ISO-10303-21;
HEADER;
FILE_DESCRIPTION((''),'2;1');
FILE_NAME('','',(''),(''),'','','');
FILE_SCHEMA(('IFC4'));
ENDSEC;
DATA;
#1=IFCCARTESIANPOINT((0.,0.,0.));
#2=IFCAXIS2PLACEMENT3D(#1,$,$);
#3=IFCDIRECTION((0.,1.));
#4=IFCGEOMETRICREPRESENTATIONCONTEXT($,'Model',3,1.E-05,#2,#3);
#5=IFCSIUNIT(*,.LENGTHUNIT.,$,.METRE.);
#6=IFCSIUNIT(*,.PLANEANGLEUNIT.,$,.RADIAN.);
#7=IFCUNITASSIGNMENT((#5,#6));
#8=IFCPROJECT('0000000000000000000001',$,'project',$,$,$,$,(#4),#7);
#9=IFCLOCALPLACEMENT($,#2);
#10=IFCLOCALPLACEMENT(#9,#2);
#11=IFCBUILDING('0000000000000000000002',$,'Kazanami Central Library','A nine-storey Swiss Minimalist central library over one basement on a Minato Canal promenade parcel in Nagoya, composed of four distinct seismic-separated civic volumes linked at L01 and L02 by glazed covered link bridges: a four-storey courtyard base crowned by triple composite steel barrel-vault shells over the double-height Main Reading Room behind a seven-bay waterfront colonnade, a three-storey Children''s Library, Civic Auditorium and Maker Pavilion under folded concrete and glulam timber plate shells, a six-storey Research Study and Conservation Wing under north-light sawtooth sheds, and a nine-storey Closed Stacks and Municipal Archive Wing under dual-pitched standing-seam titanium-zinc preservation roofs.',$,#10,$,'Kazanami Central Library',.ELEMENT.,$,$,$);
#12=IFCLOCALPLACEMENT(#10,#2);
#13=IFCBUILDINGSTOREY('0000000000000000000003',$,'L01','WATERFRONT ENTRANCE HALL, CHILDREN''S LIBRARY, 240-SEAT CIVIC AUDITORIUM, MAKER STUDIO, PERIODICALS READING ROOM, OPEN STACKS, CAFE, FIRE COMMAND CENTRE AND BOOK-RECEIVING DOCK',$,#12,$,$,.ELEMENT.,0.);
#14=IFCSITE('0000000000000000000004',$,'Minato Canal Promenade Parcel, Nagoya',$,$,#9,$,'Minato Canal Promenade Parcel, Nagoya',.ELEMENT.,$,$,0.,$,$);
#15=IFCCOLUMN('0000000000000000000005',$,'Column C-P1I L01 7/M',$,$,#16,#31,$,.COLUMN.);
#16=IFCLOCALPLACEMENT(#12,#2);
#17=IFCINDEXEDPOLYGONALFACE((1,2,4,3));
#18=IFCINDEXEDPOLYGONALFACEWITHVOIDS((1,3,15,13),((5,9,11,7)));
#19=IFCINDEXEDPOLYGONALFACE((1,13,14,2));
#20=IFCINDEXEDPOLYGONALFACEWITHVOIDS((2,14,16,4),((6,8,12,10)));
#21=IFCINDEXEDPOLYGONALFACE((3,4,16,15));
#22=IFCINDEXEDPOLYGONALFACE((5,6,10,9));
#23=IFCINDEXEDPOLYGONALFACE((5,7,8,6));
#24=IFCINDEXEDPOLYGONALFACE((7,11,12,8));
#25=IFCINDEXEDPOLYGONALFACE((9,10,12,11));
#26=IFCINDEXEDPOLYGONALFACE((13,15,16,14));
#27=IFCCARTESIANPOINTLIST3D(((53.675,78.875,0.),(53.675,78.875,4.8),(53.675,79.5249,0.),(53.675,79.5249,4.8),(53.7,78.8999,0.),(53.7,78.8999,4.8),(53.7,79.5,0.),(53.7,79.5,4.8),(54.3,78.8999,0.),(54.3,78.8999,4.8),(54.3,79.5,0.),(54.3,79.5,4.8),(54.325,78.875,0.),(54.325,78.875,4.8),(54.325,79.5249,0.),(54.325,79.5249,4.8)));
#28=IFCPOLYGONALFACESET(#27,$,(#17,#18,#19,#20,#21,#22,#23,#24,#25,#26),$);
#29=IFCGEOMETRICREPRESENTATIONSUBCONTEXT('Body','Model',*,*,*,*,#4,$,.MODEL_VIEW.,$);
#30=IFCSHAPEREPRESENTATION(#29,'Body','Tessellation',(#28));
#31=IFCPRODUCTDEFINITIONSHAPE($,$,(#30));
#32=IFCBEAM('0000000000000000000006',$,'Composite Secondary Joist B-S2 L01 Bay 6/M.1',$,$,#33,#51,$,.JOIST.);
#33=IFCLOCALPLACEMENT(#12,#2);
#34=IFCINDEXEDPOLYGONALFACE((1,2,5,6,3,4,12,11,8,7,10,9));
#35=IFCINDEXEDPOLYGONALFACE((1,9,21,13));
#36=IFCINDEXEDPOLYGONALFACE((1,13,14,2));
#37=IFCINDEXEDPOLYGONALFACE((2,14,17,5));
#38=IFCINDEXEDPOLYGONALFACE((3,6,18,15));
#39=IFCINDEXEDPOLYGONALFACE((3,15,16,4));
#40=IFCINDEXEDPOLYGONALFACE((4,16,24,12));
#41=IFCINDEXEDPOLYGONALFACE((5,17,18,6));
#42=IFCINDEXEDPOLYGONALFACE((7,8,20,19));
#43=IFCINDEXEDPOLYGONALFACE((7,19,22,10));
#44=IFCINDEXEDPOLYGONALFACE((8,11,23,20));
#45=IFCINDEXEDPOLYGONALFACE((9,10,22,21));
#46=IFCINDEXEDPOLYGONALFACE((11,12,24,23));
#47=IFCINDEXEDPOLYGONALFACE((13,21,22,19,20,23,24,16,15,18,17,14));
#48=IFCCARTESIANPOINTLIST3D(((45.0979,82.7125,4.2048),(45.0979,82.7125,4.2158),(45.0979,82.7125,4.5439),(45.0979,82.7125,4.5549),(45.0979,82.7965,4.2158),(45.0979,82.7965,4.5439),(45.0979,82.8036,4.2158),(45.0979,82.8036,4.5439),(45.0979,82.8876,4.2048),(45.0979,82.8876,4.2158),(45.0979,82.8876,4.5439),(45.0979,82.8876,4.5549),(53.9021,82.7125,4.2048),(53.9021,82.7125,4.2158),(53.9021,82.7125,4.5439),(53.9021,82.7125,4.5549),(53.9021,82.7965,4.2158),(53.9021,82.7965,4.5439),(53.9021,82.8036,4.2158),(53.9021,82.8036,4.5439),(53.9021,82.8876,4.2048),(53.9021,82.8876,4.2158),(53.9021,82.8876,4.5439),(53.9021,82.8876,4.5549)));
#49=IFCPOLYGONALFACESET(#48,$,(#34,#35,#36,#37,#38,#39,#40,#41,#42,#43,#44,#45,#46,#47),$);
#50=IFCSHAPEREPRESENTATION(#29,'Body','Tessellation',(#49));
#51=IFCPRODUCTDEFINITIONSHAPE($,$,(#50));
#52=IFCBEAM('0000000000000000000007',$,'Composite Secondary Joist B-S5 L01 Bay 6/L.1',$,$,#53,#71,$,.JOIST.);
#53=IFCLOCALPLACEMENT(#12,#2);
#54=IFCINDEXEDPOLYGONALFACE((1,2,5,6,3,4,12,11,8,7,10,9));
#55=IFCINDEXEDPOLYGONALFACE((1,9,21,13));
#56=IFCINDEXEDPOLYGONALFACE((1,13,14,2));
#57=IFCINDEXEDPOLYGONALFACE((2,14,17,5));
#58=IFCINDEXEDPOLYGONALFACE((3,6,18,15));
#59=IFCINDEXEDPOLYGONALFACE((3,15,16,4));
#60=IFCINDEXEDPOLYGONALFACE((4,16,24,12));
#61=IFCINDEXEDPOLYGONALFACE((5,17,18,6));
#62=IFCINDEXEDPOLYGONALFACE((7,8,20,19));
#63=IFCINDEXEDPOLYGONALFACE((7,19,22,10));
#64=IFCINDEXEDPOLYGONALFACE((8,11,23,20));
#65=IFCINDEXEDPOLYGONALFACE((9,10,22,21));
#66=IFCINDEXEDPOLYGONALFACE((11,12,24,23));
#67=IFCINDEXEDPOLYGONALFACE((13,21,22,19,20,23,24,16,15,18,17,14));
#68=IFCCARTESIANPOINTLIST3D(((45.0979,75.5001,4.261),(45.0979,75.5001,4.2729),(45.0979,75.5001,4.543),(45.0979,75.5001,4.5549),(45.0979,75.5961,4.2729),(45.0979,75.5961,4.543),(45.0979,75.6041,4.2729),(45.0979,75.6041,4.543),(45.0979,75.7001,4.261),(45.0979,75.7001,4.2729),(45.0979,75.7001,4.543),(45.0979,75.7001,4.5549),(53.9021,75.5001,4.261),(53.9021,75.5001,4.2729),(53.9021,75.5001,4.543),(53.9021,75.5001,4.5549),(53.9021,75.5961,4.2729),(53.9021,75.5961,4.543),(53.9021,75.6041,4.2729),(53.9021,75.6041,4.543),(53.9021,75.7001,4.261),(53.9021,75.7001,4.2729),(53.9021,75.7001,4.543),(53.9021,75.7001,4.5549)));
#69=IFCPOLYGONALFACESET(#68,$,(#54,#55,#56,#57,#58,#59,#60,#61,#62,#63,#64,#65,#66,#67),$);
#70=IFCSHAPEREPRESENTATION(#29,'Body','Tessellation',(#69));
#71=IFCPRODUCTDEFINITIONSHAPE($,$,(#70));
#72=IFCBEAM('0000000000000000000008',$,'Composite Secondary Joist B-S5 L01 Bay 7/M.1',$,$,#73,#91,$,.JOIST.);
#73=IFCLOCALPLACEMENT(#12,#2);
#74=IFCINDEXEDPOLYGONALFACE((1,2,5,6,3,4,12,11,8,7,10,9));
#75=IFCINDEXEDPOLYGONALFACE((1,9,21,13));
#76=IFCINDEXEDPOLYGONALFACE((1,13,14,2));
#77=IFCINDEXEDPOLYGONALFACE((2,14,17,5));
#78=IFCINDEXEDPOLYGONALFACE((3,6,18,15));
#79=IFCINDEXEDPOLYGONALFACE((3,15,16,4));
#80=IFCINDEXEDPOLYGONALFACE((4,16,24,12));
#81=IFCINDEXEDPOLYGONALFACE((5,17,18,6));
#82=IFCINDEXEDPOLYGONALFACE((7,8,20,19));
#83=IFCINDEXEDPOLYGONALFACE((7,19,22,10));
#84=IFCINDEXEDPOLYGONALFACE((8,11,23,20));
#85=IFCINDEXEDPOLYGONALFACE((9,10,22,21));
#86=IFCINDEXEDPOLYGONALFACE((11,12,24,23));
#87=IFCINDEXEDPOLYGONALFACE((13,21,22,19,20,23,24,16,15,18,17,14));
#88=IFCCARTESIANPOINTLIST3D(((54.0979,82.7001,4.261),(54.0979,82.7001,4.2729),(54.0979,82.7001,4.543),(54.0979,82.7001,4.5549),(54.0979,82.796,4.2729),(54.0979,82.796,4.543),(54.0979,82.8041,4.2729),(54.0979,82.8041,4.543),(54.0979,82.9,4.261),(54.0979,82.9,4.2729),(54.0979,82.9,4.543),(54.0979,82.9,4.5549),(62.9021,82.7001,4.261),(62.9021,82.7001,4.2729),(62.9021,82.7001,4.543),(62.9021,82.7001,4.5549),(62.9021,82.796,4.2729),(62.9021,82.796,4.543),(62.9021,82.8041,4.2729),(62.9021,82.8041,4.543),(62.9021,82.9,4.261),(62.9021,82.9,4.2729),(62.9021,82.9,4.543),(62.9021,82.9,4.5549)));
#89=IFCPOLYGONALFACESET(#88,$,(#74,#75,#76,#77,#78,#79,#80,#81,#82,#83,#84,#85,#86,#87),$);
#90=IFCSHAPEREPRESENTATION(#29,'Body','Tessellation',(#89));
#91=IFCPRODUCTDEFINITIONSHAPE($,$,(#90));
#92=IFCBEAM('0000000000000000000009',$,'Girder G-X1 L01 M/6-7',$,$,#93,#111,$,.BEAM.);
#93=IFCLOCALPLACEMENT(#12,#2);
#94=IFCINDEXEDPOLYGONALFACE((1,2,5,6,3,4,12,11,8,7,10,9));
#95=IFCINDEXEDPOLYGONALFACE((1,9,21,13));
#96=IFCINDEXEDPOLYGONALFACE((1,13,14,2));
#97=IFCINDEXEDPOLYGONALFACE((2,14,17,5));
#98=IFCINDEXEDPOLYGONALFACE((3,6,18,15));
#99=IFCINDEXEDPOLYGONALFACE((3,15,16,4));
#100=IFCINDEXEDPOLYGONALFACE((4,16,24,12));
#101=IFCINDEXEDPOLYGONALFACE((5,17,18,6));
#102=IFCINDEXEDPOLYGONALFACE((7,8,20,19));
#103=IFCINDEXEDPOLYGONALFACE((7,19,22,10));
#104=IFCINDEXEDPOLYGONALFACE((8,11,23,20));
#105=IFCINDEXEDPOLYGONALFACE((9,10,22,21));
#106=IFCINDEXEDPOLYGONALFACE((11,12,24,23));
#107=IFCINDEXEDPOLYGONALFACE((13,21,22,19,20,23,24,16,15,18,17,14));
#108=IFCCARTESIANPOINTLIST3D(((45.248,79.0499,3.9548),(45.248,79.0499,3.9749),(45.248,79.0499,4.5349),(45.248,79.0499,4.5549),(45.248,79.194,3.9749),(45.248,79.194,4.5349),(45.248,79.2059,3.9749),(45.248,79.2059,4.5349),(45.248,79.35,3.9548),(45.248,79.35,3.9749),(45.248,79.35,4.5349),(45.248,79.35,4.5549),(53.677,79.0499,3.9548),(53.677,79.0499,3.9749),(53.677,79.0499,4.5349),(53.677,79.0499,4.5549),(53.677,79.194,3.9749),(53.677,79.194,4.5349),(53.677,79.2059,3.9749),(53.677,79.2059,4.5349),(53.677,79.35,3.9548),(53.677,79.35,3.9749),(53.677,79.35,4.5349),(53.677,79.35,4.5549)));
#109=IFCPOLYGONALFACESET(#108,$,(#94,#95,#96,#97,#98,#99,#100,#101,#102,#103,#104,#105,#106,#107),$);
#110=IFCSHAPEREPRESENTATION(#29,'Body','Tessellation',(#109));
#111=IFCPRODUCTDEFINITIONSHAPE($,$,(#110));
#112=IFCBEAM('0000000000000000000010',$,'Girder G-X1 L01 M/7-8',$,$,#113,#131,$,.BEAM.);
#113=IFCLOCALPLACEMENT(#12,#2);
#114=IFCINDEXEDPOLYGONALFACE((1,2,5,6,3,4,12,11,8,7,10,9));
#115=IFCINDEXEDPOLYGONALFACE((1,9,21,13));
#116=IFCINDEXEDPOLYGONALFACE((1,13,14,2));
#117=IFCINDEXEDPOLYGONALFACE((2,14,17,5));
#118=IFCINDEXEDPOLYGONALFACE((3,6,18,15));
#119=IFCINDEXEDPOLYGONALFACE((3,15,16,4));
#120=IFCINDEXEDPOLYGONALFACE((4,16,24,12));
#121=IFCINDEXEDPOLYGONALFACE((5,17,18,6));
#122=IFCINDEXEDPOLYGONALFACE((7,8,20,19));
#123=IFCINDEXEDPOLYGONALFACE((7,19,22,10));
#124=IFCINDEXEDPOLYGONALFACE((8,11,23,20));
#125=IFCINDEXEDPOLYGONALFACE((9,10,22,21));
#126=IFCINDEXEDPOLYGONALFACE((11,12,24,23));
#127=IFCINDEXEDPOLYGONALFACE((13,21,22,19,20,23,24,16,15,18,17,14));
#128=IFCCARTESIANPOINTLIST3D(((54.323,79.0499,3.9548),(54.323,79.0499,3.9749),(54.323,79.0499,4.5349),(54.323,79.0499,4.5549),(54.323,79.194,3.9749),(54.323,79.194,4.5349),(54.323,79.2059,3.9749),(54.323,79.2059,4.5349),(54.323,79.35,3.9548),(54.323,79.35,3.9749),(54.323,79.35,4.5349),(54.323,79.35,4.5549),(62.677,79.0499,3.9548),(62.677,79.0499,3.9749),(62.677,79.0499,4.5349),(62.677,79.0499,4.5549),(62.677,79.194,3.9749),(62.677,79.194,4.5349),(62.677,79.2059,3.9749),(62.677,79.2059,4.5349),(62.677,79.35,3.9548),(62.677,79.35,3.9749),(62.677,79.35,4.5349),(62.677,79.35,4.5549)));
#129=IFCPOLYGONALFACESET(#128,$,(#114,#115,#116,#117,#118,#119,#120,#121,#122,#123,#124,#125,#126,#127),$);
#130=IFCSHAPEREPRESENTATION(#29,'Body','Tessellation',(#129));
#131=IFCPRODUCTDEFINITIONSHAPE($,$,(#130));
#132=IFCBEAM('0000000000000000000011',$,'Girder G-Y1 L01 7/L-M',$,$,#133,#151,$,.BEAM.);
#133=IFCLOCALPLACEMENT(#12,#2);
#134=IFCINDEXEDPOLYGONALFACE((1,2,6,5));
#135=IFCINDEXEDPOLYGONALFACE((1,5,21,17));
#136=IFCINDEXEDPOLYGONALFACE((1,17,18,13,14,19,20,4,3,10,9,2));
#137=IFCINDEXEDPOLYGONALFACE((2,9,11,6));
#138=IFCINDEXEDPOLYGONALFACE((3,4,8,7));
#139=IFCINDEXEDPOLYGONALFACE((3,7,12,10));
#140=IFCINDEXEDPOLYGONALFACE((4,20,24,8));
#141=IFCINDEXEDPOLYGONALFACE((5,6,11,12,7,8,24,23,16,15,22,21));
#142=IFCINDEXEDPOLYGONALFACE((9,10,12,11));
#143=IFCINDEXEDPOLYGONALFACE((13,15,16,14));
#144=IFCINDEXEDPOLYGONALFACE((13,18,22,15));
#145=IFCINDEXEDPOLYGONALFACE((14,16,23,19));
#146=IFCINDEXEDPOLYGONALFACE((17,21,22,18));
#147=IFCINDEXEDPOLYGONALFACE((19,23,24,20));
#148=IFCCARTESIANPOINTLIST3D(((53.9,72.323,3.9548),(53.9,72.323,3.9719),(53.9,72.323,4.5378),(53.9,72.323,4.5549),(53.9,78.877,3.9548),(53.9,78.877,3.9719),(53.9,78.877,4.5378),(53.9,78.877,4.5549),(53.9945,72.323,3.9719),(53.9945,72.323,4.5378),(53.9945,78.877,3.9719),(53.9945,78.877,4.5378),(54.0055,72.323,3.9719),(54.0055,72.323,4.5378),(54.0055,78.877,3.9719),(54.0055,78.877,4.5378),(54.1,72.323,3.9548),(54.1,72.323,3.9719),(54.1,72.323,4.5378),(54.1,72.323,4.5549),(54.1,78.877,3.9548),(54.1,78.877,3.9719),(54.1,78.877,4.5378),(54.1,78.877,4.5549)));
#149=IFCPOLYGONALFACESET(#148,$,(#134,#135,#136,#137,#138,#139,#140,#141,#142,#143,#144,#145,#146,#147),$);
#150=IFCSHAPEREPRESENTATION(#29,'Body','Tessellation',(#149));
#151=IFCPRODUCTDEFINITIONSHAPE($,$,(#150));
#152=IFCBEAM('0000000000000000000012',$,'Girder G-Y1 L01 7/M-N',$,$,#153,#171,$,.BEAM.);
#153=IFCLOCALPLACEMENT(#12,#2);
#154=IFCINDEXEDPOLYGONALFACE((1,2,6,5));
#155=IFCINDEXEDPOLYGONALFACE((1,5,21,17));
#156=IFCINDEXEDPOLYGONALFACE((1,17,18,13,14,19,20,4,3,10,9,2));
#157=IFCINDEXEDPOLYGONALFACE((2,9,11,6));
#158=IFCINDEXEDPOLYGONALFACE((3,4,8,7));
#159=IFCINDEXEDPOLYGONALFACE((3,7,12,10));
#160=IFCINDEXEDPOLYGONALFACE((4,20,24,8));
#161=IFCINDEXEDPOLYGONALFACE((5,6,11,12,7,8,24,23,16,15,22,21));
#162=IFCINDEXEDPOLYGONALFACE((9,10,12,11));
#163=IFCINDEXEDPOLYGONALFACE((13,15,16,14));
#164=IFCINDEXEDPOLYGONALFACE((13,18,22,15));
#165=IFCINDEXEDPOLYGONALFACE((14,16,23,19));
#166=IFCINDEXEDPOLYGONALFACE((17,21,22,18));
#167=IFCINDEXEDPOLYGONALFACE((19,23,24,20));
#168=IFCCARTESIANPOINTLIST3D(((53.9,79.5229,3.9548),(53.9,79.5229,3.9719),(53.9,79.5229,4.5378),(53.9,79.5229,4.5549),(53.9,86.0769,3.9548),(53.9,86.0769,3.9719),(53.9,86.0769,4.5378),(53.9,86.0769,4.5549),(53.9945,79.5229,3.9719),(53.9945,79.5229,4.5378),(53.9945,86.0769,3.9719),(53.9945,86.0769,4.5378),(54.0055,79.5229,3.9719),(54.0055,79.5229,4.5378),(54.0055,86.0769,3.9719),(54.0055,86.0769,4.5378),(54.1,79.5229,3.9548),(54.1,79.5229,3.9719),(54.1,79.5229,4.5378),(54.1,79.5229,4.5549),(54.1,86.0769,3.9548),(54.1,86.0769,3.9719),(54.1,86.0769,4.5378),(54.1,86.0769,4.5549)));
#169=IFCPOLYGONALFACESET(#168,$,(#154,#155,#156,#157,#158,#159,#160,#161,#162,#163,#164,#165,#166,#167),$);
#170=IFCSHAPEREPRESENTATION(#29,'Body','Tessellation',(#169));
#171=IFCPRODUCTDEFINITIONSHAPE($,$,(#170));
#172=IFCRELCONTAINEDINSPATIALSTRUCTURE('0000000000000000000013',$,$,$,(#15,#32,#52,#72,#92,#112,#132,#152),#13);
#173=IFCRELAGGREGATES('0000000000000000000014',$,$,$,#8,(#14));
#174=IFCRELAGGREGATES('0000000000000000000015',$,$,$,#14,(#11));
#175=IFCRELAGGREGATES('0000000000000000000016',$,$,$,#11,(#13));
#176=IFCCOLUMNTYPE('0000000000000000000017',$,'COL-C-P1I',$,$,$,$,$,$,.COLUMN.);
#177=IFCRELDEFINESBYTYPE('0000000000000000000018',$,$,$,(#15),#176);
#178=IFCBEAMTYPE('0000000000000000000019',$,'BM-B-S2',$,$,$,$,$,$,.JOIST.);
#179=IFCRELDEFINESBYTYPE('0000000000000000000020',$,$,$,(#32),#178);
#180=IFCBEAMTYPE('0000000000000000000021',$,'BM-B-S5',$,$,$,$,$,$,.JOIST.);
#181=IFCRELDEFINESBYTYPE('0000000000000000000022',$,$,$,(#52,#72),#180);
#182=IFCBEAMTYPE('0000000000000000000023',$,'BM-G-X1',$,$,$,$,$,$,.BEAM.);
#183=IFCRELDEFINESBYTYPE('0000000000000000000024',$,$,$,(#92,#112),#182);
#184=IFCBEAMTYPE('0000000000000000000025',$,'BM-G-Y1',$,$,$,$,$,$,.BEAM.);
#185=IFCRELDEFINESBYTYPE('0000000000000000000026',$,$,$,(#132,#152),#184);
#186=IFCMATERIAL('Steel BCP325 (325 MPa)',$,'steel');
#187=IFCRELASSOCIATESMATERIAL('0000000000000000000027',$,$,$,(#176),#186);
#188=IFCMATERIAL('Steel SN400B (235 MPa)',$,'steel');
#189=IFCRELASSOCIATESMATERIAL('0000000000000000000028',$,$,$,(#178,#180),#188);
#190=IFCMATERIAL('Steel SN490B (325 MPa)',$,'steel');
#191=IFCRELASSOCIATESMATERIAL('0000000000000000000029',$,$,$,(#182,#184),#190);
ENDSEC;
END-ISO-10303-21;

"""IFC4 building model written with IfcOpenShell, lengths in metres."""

from ifc_helpers import new_model, si_unit, direction, frame, origin, origin_2d, place, context, subcontext, project, spatial, hollow_rectangle, i_section, extrude, material, material_profile, profile_set, type_object, element, save


model = new_model("IFC4")

# Units and contexts
model_context = context("Model", 3, precision=1e-05, world=origin(), true_north=direction((0.0, 1.0)))
body_context = subcontext(model_context, "Body", "Model", "MODEL_VIEW")
ifc_project = project(units=[si_unit("LENGTHUNIT", "METRE"), si_unit("PLANEANGLEUNIT", "RADIAN")], contexts=[model_context])

# Site, building, storey
site_placement = place(None, origin())
site = spatial("IfcSite", under=ifc_project, at=site_placement, Name="Minato Canal Promenade Parcel, Nagoya", LongName="Minato Canal Promenade Parcel, Nagoya", CompositionType="ELEMENT", RefElevation=0.0)
building_placement = place(site_placement, origin())
building = spatial("IfcBuilding", under=site, at=building_placement, Name="Kazanami Central Library", Description="A nine-storey Swiss Minimalist central library over one basement on a Minato Canal promenade parcel in Nagoya, composed of four distinct seismic-separated civic volumes linked at L01 and L02 by glazed covered link bridges: a four-storey courtyard base crowned by triple composite steel barrel-vault shells over the double-height Main Reading Room behind a seven-bay waterfront colonnade, a three-storey Children's Library, Civic Auditorium and Maker Pavilion under folded concrete and glulam timber plate shells, a six-storey Research Study and Conservation Wing under north-light sawtooth sheds, and a nine-storey Closed Stacks and Municipal Archive Wing under dual-pitched standing-seam titanium-zinc preservation roofs.", LongName="Kazanami Central Library", CompositionType="ELEMENT")
storey_placement = place(building_placement, origin())
storey = spatial("IfcBuildingStorey", under=building, at=storey_placement, Name="L01", Description="WATERFRONT ENTRANCE HALL, CHILDREN'S LIBRARY, 240-SEAT CIVIC AUDITORIUM, MAKER STUDIO, PERIODICALS READING ROOM, OPEN STACKS, CAFE, FIRE COMMAND CENTRE AND BOOK-RECEIVING DOCK", CompositionType="ELEMENT", Elevation=0.0)

# Column
ifc_material_1 = material(Name="Steel BCP325 (325 MPa)", Category="steel")
ifc_material_profile_1 = material_profile(ifc_material_1, hollow_rectangle(XDim=0.6499, YDim=0.6499, WallThickness=0.0249, at=origin_2d()), Name="BCP-650x650x25")
ifc_profile_set_1 = profile_set([ifc_material_profile_1], Name="Steel BCP325 (325 MPa)")
column_type = type_object("IfcColumnType", Name="COL-C-P1I", PredefinedType="COLUMN", material=ifc_profile_set_1)
column_placement = place(storey_placement, frame((54.0, 79.2, 0.0), z_axis=(0.0, 0.0, 1.0), x_axis=(1.0, 0.0, 0.0)))
element("IfcColumn", 1, at=column_placement, inside=storey, type_object=column_type, Name="Column C-P1I L01 7/M", PredefinedType="COLUMN", context=body_context, shape_type="SweptSolid", body=[
    extrude(hollow_rectangle(XDim=0.6499, YDim=0.6499, WallThickness=0.0249, at=origin_2d()), origin(), (0.0, 0.0, 1.0), 4.8),
])

# Beams
ifc_material_2 = material(Name="Steel SN400B (235 MPa)", Category="steel")
ifc_material_profile_2 = material_profile(ifc_material_2, i_section(OverallWidth=0.175, OverallDepth=0.3501, WebThickness=0.0071, FlangeThickness=0.011, at=origin_2d()), Name="H-350x175x7x11")
ifc_profile_set_2 = profile_set([ifc_material_profile_2], Name="Steel SN400B (235 MPa)")
beam_type_1 = type_object("IfcBeamType", Name="BM-B-S2", PredefinedType="JOIST", material=ifc_profile_set_2)
beam_1_placement = place(storey_placement, frame((45.0979, 82.8, 4.3799), z_axis=(1.0, 0.0, 0.0), x_axis=(0.0, 1.0, 0.0)))
element("IfcBeam", 2, at=beam_1_placement, inside=storey, type_object=beam_type_1, Name="Composite Secondary Joist B-S2 L01 Bay 6/M.1", PredefinedType="JOIST", context=body_context, shape_type="SweptSolid", body=[
    extrude(i_section(OverallWidth=0.175, OverallDepth=0.3501, WebThickness=0.0071, FlangeThickness=0.011, at=origin_2d()), origin(), (0.0, 0.0, 1.0), 8.8042),
])
ifc_material_profile_3 = material_profile(ifc_material_2, i_section(OverallWidth=0.2, OverallDepth=0.2939, WebThickness=0.0081, FlangeThickness=0.012, at=origin_2d()), Name="H-294x200x8x12")
ifc_profile_set_3 = profile_set([ifc_material_profile_3], Name="Steel SN400B (235 MPa)")
beam_type_2 = type_object("IfcBeamType", Name="BM-B-S5", PredefinedType="JOIST", material=ifc_profile_set_3)
for number, where, z_axis, x_axis, name in (
    (3, (45.0979, 75.6001, 4.408), (1.0, 0.0, 0.0), (0.0, 1.0, 0.0), "Composite Secondary Joist B-S5 L01 Bay 6/L.1"),
    (4, (54.0979, 82.8, 4.408), (1.0, 0.0, 0.0), (0.0, 1.0, 0.0), "Composite Secondary Joist B-S5 L01 Bay 7/M.1"),
):
    element("IfcBeam", number, at=place(storey_placement, frame(where, z_axis=z_axis, x_axis=x_axis)), inside=storey, type_object=beam_type_2, Name=name, PredefinedType="JOIST", context=body_context, shape_type="SweptSolid", body=[
        extrude(i_section(OverallWidth=0.2, OverallDepth=0.2939, WebThickness=0.0081, FlangeThickness=0.012, at=origin_2d()), origin(), (0.0, 0.0, 1.0), 8.8042),
    ])
ifc_material_3 = material(Name="Steel SN490B (325 MPa)", Category="steel")
ifc_material_profile_4 = material_profile(ifc_material_3, i_section(OverallWidth=0.3, OverallDepth=0.6001, WebThickness=0.012, FlangeThickness=0.02, at=origin_2d()), Name="H-600x300x12x20")
ifc_profile_set_4 = profile_set([ifc_material_profile_4], Name="Steel SN490B (325 MPa)")
beam_type_3 = type_object("IfcBeamType", Name="BM-G-X1", PredefinedType="BEAM", material=ifc_profile_set_4)
beam_2_placement = place(storey_placement, frame((45.248, 79.2, 4.2549), z_axis=(1.0, 0.0, 0.0), x_axis=(0.0, 1.0, 0.0)))
element("IfcBeam", 5, at=beam_2_placement, inside=storey, type_object=beam_type_3, Name="Girder G-X1 L01 M/6-7", PredefinedType="BEAM", context=body_context, shape_type="SweptSolid", body=[
    extrude(i_section(OverallWidth=0.3, OverallDepth=0.6001, WebThickness=0.012, FlangeThickness=0.02, at=origin_2d()), origin(), (0.0, 0.0, 1.0), 8.429),
])
beam_3_placement = place(storey_placement, frame((54.323, 79.2, 4.2549), z_axis=(1.0, 0.0, 0.0), x_axis=(0.0, 1.0, 0.0)))
element("IfcBeam", 6, at=beam_3_placement, inside=storey, type_object=beam_type_3, Name="Girder G-X1 L01 M/7-8", PredefinedType="BEAM", context=body_context, shape_type="SweptSolid", body=[
    extrude(i_section(OverallWidth=0.3, OverallDepth=0.6001, WebThickness=0.012, FlangeThickness=0.02, at=origin_2d()), origin(), (0.0, 0.0, 1.0), 8.354),
])
ifc_material_profile_5 = material_profile(ifc_material_3, i_section(OverallWidth=0.2, OverallDepth=0.6001, WebThickness=0.011, FlangeThickness=0.0171, at=origin_2d()), Name="H-600x200x11x17")
ifc_profile_set_5 = profile_set([ifc_material_profile_5], Name="Steel SN490B (325 MPa)")
beam_type_4 = type_object("IfcBeamType", Name="BM-G-Y1", PredefinedType="BEAM", material=ifc_profile_set_5)
for number, where, z_axis, x_axis, name in (
    (7, (54.0, 72.323, 4.2549), (0.0, 1.0, 0.0), (-1.0, 0.0, 0.0), "Girder G-Y1 L01 7/L-M"),
    (8, (54.0, 79.5229, 4.2549), (0.0, 1.0, 0.0), (-1.0, 0.0, 0.0), "Girder G-Y1 L01 7/M-N"),
):
    element("IfcBeam", number, at=place(storey_placement, frame(where, z_axis=z_axis, x_axis=x_axis)), inside=storey, type_object=beam_type_4, Name=name, PredefinedType="BEAM", context=body_context, shape_type="SweptSolid", body=[
        extrude(i_section(OverallWidth=0.2, OverallDepth=0.6001, WebThickness=0.011, FlangeThickness=0.0171, at=origin_2d()), origin(), (0.0, 0.0, 1.0), 6.554),
    ])

save(model, "model.ifc")
